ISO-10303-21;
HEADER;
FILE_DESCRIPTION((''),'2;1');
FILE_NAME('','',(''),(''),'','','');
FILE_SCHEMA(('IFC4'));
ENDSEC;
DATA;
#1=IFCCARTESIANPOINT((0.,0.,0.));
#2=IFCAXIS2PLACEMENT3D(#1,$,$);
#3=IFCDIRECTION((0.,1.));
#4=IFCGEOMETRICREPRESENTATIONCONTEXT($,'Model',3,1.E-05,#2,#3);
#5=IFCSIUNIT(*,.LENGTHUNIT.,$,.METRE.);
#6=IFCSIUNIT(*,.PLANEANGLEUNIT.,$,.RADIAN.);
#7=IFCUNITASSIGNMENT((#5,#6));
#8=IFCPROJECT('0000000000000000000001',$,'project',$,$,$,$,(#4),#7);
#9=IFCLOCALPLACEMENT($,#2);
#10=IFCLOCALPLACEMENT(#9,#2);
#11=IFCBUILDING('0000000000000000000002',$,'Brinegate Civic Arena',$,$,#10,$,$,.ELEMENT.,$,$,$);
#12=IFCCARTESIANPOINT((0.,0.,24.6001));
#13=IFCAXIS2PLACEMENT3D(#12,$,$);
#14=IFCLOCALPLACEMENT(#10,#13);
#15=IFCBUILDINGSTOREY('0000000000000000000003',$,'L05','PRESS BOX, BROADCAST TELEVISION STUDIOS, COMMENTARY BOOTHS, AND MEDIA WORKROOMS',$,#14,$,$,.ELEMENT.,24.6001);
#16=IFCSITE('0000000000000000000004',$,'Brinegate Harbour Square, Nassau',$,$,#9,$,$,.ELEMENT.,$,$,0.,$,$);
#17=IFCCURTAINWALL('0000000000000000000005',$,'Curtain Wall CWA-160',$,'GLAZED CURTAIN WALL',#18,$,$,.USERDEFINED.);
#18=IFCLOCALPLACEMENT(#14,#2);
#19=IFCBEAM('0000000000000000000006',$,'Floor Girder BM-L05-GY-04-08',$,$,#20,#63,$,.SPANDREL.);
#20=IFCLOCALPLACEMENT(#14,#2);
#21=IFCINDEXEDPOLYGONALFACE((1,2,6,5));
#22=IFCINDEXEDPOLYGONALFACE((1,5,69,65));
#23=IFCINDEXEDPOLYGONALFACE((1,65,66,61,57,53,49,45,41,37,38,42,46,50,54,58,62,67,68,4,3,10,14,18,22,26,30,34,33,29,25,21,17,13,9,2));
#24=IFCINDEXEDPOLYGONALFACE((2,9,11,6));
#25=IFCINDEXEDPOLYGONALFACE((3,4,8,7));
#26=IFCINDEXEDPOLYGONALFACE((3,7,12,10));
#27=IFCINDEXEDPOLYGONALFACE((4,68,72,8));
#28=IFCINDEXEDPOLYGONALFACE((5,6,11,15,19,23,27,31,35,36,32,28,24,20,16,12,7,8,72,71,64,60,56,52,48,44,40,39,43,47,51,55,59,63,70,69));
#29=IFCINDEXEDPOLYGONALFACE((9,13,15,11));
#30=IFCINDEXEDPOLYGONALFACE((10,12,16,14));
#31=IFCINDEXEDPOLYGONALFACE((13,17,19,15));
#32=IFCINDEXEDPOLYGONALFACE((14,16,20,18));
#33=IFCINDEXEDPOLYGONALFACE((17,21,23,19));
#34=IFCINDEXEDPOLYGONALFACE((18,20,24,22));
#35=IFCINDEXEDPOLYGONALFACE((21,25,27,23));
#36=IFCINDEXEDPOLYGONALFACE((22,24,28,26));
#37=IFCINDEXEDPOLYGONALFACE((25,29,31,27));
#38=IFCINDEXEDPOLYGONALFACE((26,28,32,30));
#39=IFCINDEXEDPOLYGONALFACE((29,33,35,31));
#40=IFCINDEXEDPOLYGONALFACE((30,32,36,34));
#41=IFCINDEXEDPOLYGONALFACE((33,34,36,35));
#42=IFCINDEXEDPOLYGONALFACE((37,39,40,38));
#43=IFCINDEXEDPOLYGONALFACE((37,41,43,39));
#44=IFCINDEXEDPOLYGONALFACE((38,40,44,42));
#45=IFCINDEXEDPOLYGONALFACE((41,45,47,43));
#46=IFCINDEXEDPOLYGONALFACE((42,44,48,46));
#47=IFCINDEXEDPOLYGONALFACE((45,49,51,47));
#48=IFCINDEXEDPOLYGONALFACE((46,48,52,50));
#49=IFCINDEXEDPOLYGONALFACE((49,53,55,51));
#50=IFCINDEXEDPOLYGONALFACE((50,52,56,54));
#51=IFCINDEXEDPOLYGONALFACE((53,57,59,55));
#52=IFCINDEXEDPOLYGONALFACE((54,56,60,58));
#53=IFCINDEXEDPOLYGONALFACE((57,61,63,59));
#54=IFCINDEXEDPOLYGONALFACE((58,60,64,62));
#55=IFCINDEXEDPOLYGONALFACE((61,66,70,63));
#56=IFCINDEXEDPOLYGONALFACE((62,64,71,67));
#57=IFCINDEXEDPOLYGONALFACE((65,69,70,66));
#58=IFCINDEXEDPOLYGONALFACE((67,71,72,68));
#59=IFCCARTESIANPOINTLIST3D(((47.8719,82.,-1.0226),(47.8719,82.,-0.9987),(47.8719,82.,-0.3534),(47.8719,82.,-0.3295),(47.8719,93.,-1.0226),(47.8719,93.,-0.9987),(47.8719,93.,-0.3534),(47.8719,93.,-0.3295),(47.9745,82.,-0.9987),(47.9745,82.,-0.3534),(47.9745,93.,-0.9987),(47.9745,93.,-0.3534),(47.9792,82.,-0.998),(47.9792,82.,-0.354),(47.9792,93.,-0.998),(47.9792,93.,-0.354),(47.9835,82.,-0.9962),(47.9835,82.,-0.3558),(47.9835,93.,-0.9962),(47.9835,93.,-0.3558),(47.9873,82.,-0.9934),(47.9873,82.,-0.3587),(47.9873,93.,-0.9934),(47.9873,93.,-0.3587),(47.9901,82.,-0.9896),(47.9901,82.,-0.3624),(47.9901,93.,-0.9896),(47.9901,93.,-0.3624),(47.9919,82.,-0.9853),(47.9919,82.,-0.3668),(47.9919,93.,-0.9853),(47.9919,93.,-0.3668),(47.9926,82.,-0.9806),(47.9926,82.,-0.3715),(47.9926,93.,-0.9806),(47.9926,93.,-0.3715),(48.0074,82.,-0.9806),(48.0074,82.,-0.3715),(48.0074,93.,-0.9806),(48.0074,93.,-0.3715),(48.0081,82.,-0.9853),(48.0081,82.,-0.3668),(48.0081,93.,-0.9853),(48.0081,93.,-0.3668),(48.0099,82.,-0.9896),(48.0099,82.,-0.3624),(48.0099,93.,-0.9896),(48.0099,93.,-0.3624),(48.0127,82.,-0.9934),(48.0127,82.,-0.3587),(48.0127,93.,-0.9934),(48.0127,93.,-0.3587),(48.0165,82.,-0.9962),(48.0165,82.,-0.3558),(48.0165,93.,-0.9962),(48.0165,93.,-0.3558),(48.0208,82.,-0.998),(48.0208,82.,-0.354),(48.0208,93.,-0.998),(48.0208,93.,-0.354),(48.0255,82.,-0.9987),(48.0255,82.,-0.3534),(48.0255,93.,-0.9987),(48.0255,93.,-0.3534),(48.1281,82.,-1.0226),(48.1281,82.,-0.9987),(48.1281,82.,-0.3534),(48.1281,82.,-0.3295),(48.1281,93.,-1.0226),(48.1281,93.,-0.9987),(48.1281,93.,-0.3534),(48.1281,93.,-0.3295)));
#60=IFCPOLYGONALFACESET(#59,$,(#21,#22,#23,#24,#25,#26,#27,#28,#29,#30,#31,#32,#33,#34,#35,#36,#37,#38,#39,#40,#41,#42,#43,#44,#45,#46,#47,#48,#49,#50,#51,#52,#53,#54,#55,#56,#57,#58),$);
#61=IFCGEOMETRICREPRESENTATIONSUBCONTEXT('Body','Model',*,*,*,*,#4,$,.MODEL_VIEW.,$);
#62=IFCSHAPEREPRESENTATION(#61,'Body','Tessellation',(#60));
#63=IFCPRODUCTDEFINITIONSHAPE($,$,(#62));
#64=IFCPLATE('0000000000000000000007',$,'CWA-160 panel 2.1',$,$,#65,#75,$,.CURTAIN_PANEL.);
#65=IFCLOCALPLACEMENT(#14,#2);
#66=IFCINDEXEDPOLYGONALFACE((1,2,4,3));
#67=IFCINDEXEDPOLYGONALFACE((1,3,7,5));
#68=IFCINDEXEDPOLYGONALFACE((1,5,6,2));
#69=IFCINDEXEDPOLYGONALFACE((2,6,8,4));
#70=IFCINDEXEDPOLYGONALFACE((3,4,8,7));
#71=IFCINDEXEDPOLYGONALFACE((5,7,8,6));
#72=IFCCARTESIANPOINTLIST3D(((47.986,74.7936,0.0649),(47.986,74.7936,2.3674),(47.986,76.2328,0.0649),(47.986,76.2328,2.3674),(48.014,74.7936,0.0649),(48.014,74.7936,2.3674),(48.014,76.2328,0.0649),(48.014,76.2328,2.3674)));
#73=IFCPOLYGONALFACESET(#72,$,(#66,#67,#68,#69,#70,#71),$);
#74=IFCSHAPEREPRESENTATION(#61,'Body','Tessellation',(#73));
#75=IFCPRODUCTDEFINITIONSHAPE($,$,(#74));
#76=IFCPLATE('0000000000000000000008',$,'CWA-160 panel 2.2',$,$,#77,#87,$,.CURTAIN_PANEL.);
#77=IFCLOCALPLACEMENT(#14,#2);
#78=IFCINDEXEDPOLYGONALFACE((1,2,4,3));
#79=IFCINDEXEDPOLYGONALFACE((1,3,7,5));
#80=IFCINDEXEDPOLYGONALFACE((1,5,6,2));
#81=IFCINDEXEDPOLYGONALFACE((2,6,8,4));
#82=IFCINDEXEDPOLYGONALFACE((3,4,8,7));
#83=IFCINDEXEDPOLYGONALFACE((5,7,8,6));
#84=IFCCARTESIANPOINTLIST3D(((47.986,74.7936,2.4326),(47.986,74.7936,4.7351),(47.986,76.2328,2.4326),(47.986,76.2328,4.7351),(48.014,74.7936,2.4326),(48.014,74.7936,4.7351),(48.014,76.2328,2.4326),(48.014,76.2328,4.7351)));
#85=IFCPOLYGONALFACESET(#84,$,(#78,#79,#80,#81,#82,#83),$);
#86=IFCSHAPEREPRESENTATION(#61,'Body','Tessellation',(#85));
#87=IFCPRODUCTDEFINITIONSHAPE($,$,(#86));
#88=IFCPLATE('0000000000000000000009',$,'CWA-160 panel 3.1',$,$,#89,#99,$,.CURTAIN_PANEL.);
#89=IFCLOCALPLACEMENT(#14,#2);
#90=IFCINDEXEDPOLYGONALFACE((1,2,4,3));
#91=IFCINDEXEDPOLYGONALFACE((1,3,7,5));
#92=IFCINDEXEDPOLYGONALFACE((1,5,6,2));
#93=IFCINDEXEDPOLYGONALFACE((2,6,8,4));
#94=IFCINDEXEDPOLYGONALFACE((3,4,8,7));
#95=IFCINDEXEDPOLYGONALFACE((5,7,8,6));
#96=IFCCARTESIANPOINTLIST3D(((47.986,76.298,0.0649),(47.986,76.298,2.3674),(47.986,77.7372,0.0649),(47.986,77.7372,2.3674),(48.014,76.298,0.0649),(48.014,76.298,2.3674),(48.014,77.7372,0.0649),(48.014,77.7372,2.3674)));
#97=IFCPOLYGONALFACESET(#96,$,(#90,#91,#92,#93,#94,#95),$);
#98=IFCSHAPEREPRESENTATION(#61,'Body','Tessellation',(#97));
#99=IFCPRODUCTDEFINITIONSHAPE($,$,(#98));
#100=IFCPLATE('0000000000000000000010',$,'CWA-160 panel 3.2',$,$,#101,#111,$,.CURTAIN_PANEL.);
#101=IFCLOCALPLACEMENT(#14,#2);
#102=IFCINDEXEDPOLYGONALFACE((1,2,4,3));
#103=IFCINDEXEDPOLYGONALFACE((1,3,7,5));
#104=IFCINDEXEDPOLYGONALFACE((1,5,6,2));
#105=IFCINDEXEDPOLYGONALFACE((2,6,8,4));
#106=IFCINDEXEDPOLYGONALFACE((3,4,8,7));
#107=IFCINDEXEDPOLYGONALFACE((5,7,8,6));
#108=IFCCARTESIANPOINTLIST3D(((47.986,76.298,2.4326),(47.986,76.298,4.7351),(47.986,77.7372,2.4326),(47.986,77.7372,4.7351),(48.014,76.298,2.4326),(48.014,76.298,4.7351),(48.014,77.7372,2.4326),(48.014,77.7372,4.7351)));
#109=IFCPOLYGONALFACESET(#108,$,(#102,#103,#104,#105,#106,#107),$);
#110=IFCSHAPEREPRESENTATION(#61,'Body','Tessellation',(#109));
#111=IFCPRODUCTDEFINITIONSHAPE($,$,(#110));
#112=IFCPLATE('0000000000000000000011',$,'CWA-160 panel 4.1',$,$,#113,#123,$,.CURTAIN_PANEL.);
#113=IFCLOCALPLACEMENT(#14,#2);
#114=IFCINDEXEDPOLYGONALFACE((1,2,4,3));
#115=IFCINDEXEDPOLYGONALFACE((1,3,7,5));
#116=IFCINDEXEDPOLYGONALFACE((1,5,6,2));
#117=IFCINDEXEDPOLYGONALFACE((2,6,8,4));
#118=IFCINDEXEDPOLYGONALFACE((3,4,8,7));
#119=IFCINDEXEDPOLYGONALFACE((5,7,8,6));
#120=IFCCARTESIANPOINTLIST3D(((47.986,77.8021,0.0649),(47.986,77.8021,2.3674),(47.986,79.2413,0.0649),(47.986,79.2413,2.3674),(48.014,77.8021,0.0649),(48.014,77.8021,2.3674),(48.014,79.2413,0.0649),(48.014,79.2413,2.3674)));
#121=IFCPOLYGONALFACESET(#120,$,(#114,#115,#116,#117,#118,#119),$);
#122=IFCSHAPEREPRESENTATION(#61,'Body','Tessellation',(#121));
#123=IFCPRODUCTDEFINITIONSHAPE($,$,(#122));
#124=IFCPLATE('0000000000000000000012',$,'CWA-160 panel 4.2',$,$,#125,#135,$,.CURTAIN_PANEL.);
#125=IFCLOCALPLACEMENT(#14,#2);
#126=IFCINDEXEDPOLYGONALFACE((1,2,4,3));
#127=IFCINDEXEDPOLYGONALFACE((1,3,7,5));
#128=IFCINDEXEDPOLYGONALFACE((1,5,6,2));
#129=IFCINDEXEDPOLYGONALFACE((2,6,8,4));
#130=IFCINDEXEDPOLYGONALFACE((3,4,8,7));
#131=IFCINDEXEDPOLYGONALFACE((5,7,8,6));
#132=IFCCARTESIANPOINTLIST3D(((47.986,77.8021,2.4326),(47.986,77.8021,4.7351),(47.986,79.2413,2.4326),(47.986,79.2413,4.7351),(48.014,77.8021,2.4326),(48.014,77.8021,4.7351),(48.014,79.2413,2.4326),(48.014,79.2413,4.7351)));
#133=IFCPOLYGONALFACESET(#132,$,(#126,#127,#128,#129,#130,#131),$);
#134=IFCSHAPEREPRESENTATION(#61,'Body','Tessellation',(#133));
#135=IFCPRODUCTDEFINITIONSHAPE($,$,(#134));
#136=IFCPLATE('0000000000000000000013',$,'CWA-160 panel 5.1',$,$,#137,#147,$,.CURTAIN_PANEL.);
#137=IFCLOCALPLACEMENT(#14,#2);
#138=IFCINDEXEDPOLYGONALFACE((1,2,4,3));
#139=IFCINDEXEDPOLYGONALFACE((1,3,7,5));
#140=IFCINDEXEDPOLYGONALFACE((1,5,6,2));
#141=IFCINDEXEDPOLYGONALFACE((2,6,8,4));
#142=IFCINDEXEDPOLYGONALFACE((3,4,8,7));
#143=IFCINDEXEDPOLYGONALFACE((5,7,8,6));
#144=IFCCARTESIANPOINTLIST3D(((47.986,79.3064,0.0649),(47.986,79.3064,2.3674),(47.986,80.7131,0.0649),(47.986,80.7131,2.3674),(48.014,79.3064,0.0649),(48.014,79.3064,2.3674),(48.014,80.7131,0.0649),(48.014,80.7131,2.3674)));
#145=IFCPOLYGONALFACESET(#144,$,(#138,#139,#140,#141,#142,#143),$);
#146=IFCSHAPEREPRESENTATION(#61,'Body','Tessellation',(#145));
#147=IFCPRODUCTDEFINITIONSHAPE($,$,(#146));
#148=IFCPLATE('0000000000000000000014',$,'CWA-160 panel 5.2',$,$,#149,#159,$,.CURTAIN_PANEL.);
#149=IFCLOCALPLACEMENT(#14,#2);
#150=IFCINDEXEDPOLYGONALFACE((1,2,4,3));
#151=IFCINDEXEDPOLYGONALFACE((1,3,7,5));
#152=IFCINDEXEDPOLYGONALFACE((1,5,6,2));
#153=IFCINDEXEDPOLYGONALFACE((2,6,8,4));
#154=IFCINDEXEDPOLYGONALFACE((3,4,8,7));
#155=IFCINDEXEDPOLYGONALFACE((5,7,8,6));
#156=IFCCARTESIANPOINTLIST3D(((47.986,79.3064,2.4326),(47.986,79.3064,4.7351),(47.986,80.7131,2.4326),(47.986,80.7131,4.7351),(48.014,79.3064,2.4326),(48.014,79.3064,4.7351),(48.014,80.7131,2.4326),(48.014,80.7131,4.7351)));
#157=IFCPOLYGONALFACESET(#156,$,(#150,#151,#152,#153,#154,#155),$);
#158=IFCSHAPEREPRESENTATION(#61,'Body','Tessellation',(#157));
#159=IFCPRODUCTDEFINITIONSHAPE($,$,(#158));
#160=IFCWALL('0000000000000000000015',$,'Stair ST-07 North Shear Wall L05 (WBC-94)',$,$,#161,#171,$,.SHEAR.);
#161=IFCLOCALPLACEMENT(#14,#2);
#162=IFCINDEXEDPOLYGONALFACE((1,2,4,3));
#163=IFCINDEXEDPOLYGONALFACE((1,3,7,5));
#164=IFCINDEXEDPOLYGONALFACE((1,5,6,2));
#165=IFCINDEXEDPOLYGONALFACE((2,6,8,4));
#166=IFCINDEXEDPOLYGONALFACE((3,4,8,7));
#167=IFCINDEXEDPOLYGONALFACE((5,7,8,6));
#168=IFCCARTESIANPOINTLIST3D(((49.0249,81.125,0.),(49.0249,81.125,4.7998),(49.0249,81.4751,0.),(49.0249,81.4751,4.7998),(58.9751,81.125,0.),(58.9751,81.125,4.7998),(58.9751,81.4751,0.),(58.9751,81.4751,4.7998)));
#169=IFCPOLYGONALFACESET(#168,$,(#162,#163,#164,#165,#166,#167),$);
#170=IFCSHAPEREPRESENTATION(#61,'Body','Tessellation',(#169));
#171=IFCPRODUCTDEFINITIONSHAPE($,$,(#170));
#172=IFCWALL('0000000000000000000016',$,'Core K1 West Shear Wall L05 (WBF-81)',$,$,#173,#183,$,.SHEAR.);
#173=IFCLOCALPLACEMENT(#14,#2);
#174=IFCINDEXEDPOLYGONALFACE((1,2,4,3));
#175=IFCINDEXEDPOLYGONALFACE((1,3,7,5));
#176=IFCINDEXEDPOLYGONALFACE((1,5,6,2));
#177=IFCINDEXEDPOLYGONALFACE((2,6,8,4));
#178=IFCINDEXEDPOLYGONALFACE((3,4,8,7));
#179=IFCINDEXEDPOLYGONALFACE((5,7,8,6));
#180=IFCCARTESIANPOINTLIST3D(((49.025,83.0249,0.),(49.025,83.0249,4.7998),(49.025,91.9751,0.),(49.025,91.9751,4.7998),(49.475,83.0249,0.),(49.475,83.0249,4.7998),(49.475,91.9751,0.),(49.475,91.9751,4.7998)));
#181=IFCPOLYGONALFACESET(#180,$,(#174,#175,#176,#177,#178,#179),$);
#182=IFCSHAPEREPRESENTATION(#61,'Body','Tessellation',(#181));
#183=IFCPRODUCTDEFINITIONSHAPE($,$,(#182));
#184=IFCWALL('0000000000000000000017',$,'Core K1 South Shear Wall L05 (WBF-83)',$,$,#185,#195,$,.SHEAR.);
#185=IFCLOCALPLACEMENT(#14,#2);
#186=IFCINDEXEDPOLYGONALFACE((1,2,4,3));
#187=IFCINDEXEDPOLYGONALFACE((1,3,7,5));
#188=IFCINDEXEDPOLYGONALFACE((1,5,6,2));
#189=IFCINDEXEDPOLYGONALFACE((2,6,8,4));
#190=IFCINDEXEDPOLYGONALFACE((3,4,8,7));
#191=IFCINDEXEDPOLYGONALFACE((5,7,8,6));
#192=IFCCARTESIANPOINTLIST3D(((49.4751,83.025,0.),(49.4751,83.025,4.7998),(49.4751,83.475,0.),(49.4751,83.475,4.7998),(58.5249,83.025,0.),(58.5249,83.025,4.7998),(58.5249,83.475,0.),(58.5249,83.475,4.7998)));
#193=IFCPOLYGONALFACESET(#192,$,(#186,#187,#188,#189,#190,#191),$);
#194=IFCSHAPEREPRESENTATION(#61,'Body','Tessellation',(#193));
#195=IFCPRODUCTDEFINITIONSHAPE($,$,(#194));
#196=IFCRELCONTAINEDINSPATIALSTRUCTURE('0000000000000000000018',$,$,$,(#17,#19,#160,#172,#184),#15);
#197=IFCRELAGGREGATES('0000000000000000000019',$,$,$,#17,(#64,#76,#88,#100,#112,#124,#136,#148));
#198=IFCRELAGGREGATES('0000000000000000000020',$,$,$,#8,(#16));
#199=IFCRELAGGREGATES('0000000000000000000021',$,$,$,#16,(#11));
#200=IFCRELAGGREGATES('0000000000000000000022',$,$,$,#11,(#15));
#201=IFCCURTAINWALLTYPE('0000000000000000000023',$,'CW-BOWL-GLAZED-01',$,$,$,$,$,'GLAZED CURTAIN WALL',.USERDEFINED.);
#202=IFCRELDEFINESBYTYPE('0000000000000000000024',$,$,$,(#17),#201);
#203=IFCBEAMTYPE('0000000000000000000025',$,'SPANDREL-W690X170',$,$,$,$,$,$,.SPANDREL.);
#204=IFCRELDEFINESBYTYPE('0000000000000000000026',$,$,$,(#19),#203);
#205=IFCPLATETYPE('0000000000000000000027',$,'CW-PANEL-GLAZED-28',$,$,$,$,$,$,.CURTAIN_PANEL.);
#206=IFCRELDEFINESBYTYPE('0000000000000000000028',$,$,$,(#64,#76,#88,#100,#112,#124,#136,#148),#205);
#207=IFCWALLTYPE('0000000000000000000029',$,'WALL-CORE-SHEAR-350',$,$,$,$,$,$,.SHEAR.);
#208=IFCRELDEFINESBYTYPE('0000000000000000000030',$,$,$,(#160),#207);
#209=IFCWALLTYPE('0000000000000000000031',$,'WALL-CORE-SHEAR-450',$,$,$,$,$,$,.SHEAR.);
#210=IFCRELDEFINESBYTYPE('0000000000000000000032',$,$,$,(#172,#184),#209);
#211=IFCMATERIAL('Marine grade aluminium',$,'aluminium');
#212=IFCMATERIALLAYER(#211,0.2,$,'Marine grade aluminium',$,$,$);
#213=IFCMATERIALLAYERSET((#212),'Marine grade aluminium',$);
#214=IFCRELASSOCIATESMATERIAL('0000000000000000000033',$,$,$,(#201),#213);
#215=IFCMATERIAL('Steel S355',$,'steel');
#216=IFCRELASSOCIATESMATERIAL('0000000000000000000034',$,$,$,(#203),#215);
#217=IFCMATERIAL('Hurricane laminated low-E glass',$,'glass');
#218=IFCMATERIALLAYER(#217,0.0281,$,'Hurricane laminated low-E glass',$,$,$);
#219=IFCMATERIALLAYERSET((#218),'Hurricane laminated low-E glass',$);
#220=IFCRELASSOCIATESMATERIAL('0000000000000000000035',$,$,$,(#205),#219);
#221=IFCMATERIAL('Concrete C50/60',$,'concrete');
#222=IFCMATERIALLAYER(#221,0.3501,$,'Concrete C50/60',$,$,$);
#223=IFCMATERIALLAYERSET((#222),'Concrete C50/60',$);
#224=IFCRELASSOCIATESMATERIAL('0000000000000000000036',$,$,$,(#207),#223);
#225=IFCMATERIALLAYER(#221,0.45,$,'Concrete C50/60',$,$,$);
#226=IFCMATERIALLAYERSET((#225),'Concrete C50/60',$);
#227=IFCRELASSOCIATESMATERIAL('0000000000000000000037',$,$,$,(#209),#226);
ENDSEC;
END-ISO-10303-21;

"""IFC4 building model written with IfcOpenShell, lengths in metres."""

from ifc_helpers import new_model, si_unit, direction, frame, frame_2d, origin, origin_2d, place, context, subcontext, project, spatial, rectangle, i_section, extrude, material, layer, layer_set, material_profile, profile_set, type_object, element, aggregate, save


model = new_model("IFC4")

# Units and contexts
model_context = context("Model", 3, precision=1e-05, world=origin(), true_north=direction((0.0, 1.0)))
body_context = subcontext(model_context, "Body", "Model", "MODEL_VIEW")
ifc_project = project(units=[si_unit("LENGTHUNIT", "METRE"), si_unit("PLANEANGLEUNIT", "RADIAN")], contexts=[model_context])

# Site, building, storey
site_placement = place(None, origin())
site = spatial("IfcSite", under=ifc_project, at=site_placement, Name="Brinegate Harbour Square, Nassau", CompositionType="ELEMENT", RefElevation=0.0)
building_placement = place(site_placement, origin())
building = spatial("IfcBuilding", under=site, at=building_placement, Name="Brinegate Civic Arena", CompositionType="ELEMENT")
storey_placement = place(building_placement, frame((0.0, 0.0, 24.6001)))
storey = spatial("IfcBuildingStorey", under=building, at=storey_placement, Name="L05", Description="PRESS BOX, BROADCAST TELEVISION STUDIOS, COMMENTARY BOOTHS, AND MEDIA WORKROOMS", CompositionType="ELEMENT", Elevation=24.6001)

# Shared definitions
ifc_material_1 = material(Name="Concrete C50/60", Category="concrete")

# Curtain wall
ifc_material_2 = material(Name="Marine grade aluminium", Category="aluminium")
ifc_layer_1 = layer(ifc_material_2, 0.2, Name="Marine grade aluminium")
ifc_layer_set_1 = layer_set([ifc_layer_1], Name="Marine grade aluminium")
curtain_wall_type = type_object("IfcCurtainWallType", Name="CW-BOWL-GLAZED-01", ElementType="GLAZED CURTAIN WALL", PredefinedType="USERDEFINED", material=ifc_layer_set_1)
curtain_wall_placement = place(storey_placement, origin())
curtain_wall = element("IfcCurtainWall", 1, at=curtain_wall_placement, inside=storey, type_object=curtain_wall_type, Name="Curtain Wall CWA-160", ObjectType="GLAZED CURTAIN WALL", PredefinedType="USERDEFINED")

# Beam
ifc_material_3 = material(Name="Steel S355", Category="steel")
ifc_material_profile_1 = material_profile(ifc_material_3, i_section(OverallWidth=0.2561, OverallDepth=0.6931, WebThickness=0.0149, FlangeThickness=0.0239, FilletRadius=0.0181, at=origin_2d()), Name="W690X170")
ifc_profile_set_1 = profile_set([ifc_material_profile_1], Name="Steel S355")
beam_type_1 = type_object("IfcBeamType", Name="SPANDREL-W690X170", PredefinedType="SPANDREL", material=ifc_profile_set_1)
beam_1_placement = place(storey_placement, frame((48.0, 82.0, -0.676), z_axis=(0.0, 1.0, 0.0), x_axis=(-1.0, 0.0, 0.0)))
element("IfcBeam", 2, at=beam_1_placement, inside=storey, type_object=beam_type_1, Name="Floor Girder BM-L05-GY-04-08", PredefinedType="SPANDREL", context=body_context, shape_type="SweptSolid", body=[
    extrude(i_section(OverallWidth=0.2561, OverallDepth=0.6931, WebThickness=0.0149, FlangeThickness=0.0239, FilletRadius=0.0181, at=origin_2d()), origin(), (0.0, 0.0, 1.0), 11.0),
])

# Plates
ifc_material_4 = material(Name="Hurricane laminated low-E glass", Category="glass")
ifc_layer_2 = layer(ifc_material_4, 0.0281, Name="Hurricane laminated low-E glass")
ifc_layer_set_2 = layer_set([ifc_layer_2], Name="Hurricane laminated low-E glass")
plate_type = type_object("IfcPlateType", Name="CW-PANEL-GLAZED-28", PredefinedType="CURTAIN_PANEL", material=ifc_layer_set_2)
plate_1_placement = place(storey_placement, frame((48.0, 75.5132, 0.0649), z_axis=(0.0, 0.0, 1.0), x_axis=(0.0, 1.0, 0.0)))
plate_1 = element("IfcPlate", 3, at=plate_1_placement, type_object=plate_type, Name="CWA-160 panel 2.1", PredefinedType="CURTAIN_PANEL", context=body_context, shape_type="SweptSolid", body=[
    extrude(rectangle(XDim=1.4392, YDim=0.0281, at=origin_2d()), origin(), (0.0, 0.0, 1.0), 2.3025),
])
plate_2_placement = place(storey_placement, frame((48.0, 75.5132, 2.4326), z_axis=(0.0, 0.0, 1.0), x_axis=(0.0, 1.0, 0.0)))
plate_2 = element("IfcPlate", 4, at=plate_2_placement, type_object=plate_type, Name="CWA-160 panel 2.2", PredefinedType="CURTAIN_PANEL", context=body_context, shape_type="SweptSolid", body=[
    extrude(rectangle(XDim=1.4392, YDim=0.0281, at=origin_2d()), origin(), (0.0, 0.0, 1.0), 2.3025),
])
plate_3_placement = place(storey_placement, frame((48.0, 77.0176, 0.0649), z_axis=(0.0, 0.0, 1.0), x_axis=(0.0, 1.0, 0.0)))
plate_3 = element("IfcPlate", 5, at=plate_3_placement, type_object=plate_type, Name="CWA-160 panel 3.1", PredefinedType="CURTAIN_PANEL", context=body_context, shape_type="SweptSolid", body=[
    extrude(rectangle(XDim=1.4392, YDim=0.0281, at=origin_2d()), origin(), (0.0, 0.0, 1.0), 2.3025),
])
plate_4_placement = place(storey_placement, frame((48.0, 77.0176, 2.4326), z_axis=(0.0, 0.0, 1.0), x_axis=(0.0, 1.0, 0.0)))
plate_4 = element("IfcPlate", 6, at=plate_4_placement, type_object=plate_type, Name="CWA-160 panel 3.2", PredefinedType="CURTAIN_PANEL", context=body_context, shape_type="SweptSolid", body=[
    extrude(rectangle(XDim=1.4392, YDim=0.0281, at=origin_2d()), origin(), (0.0, 0.0, 1.0), 2.3025),
])
plate_5_placement = place(storey_placement, frame((48.0, 78.5217, 0.0649), z_axis=(0.0, 0.0, 1.0), x_axis=(0.0, 1.0, 0.0)))
plate_5 = element("IfcPlate", 7, at=plate_5_placement, type_object=plate_type, Name="CWA-160 panel 4.1", PredefinedType="CURTAIN_PANEL", context=body_context, shape_type="SweptSolid", body=[
    extrude(rectangle(XDim=1.4392, YDim=0.0281, at=origin_2d()), origin(), (0.0, 0.0, 1.0), 2.3025),
])
plate_6_placement = place(storey_placement, frame((48.0, 78.5217, 2.4326), z_axis=(0.0, 0.0, 1.0), x_axis=(0.0, 1.0, 0.0)))
plate_6 = element("IfcPlate", 8, at=plate_6_placement, type_object=plate_type, Name="CWA-160 panel 4.2", PredefinedType="CURTAIN_PANEL", context=body_context, shape_type="SweptSolid", body=[
    extrude(rectangle(XDim=1.4392, YDim=0.0281, at=origin_2d()), origin(), (0.0, 0.0, 1.0), 2.3025),
])
plate_7_placement = place(storey_placement, frame((48.0, 80.0098, 0.0649), z_axis=(0.0, 0.0, 1.0), x_axis=(0.0, 1.0, 0.0)))
plate_7 = element("IfcPlate", 9, at=plate_7_placement, type_object=plate_type, Name="CWA-160 panel 5.1", PredefinedType="CURTAIN_PANEL", context=body_context, shape_type="SweptSolid", body=[
    extrude(rectangle(XDim=1.4067, YDim=0.0281, at=origin_2d()), origin(), (0.0, 0.0, 1.0), 2.3025),
])
plate_8_placement = place(storey_placement, frame((48.0, 80.0098, 2.4326), z_axis=(0.0, 0.0, 1.0), x_axis=(0.0, 1.0, 0.0)))
plate_8 = element("IfcPlate", 10, at=plate_8_placement, type_object=plate_type, Name="CWA-160 panel 5.2", PredefinedType="CURTAIN_PANEL", context=body_context, shape_type="SweptSolid", body=[
    extrude(rectangle(XDim=1.4067, YDim=0.0281, at=origin_2d()), origin(), (0.0, 0.0, 1.0), 2.3025),
])
aggregate(curtain_wall, [plate_1, plate_2, plate_3, plate_4, plate_5, plate_6, plate_7, plate_8])

# Walls
ifc_layer_3 = layer(ifc_material_1, 0.3501, Name="Concrete C50/60")
ifc_layer_set_3 = layer_set([ifc_layer_3], Name="Concrete C50/60")
wall_type_1 = type_object("IfcWallType", Name="WALL-CORE-SHEAR-350", PredefinedType="SHEAR", material=ifc_layer_set_3)
wall_1_placement = place(storey_placement, frame((49.0249, 81.3, 0.0), z_axis=(0.0, 0.0, 1.0), x_axis=(1.0, 0.0, 0.0)))
element("IfcWall", 11, at=wall_1_placement, inside=storey, type_object=wall_type_1, Name="Stair ST-07 North Shear Wall L05 (WBC-94)", PredefinedType="SHEAR", context=body_context, shape_type="SweptSolid", body=[
    extrude(rectangle(XDim=9.9502, YDim=0.3501, at=frame_2d((4.9751, 0.0))), origin(), (0.0, 0.0, 1.0), 4.7998),
])
ifc_layer_4 = layer(ifc_material_1, 0.45, Name="Concrete C50/60")
ifc_layer_set_4 = layer_set([ifc_layer_4], Name="Concrete C50/60")
wall_type_2 = type_object("IfcWallType", Name="WALL-CORE-SHEAR-450", PredefinedType="SHEAR", material=ifc_layer_set_4)
wall_2_placement = place(storey_placement, frame((49.25, 83.0249, 0.0), z_axis=(0.0, 0.0, 1.0), x_axis=(0.0, 1.0, 0.0)))
element("IfcWall", 12, at=wall_2_placement, inside=storey, type_object=wall_type_2, Name="Core K1 West Shear Wall L05 (WBF-81)", PredefinedType="SHEAR", context=body_context, shape_type="SweptSolid", body=[
    extrude(rectangle(XDim=8.9502, YDim=0.45, at=frame_2d((4.4751, 0.0))), origin(), (0.0, 0.0, 1.0), 4.7998),
])
wall_3_placement = place(storey_placement, frame((49.4751, 83.25, 0.0), z_axis=(0.0, 0.0, 1.0), x_axis=(1.0, 0.0, 0.0)))
element("IfcWall", 13, at=wall_3_placement, inside=storey, type_object=wall_type_2, Name="Core K1 South Shear Wall L05 (WBF-83)", PredefinedType="SHEAR", context=body_context, shape_type="SweptSolid", body=[
    extrude(rectangle(XDim=9.0498, YDim=0.45, at=frame_2d((4.5249, 0.0))), origin(), (0.0, 0.0, 1.0), 4.7998),
])

save(model, "model.ifc")
